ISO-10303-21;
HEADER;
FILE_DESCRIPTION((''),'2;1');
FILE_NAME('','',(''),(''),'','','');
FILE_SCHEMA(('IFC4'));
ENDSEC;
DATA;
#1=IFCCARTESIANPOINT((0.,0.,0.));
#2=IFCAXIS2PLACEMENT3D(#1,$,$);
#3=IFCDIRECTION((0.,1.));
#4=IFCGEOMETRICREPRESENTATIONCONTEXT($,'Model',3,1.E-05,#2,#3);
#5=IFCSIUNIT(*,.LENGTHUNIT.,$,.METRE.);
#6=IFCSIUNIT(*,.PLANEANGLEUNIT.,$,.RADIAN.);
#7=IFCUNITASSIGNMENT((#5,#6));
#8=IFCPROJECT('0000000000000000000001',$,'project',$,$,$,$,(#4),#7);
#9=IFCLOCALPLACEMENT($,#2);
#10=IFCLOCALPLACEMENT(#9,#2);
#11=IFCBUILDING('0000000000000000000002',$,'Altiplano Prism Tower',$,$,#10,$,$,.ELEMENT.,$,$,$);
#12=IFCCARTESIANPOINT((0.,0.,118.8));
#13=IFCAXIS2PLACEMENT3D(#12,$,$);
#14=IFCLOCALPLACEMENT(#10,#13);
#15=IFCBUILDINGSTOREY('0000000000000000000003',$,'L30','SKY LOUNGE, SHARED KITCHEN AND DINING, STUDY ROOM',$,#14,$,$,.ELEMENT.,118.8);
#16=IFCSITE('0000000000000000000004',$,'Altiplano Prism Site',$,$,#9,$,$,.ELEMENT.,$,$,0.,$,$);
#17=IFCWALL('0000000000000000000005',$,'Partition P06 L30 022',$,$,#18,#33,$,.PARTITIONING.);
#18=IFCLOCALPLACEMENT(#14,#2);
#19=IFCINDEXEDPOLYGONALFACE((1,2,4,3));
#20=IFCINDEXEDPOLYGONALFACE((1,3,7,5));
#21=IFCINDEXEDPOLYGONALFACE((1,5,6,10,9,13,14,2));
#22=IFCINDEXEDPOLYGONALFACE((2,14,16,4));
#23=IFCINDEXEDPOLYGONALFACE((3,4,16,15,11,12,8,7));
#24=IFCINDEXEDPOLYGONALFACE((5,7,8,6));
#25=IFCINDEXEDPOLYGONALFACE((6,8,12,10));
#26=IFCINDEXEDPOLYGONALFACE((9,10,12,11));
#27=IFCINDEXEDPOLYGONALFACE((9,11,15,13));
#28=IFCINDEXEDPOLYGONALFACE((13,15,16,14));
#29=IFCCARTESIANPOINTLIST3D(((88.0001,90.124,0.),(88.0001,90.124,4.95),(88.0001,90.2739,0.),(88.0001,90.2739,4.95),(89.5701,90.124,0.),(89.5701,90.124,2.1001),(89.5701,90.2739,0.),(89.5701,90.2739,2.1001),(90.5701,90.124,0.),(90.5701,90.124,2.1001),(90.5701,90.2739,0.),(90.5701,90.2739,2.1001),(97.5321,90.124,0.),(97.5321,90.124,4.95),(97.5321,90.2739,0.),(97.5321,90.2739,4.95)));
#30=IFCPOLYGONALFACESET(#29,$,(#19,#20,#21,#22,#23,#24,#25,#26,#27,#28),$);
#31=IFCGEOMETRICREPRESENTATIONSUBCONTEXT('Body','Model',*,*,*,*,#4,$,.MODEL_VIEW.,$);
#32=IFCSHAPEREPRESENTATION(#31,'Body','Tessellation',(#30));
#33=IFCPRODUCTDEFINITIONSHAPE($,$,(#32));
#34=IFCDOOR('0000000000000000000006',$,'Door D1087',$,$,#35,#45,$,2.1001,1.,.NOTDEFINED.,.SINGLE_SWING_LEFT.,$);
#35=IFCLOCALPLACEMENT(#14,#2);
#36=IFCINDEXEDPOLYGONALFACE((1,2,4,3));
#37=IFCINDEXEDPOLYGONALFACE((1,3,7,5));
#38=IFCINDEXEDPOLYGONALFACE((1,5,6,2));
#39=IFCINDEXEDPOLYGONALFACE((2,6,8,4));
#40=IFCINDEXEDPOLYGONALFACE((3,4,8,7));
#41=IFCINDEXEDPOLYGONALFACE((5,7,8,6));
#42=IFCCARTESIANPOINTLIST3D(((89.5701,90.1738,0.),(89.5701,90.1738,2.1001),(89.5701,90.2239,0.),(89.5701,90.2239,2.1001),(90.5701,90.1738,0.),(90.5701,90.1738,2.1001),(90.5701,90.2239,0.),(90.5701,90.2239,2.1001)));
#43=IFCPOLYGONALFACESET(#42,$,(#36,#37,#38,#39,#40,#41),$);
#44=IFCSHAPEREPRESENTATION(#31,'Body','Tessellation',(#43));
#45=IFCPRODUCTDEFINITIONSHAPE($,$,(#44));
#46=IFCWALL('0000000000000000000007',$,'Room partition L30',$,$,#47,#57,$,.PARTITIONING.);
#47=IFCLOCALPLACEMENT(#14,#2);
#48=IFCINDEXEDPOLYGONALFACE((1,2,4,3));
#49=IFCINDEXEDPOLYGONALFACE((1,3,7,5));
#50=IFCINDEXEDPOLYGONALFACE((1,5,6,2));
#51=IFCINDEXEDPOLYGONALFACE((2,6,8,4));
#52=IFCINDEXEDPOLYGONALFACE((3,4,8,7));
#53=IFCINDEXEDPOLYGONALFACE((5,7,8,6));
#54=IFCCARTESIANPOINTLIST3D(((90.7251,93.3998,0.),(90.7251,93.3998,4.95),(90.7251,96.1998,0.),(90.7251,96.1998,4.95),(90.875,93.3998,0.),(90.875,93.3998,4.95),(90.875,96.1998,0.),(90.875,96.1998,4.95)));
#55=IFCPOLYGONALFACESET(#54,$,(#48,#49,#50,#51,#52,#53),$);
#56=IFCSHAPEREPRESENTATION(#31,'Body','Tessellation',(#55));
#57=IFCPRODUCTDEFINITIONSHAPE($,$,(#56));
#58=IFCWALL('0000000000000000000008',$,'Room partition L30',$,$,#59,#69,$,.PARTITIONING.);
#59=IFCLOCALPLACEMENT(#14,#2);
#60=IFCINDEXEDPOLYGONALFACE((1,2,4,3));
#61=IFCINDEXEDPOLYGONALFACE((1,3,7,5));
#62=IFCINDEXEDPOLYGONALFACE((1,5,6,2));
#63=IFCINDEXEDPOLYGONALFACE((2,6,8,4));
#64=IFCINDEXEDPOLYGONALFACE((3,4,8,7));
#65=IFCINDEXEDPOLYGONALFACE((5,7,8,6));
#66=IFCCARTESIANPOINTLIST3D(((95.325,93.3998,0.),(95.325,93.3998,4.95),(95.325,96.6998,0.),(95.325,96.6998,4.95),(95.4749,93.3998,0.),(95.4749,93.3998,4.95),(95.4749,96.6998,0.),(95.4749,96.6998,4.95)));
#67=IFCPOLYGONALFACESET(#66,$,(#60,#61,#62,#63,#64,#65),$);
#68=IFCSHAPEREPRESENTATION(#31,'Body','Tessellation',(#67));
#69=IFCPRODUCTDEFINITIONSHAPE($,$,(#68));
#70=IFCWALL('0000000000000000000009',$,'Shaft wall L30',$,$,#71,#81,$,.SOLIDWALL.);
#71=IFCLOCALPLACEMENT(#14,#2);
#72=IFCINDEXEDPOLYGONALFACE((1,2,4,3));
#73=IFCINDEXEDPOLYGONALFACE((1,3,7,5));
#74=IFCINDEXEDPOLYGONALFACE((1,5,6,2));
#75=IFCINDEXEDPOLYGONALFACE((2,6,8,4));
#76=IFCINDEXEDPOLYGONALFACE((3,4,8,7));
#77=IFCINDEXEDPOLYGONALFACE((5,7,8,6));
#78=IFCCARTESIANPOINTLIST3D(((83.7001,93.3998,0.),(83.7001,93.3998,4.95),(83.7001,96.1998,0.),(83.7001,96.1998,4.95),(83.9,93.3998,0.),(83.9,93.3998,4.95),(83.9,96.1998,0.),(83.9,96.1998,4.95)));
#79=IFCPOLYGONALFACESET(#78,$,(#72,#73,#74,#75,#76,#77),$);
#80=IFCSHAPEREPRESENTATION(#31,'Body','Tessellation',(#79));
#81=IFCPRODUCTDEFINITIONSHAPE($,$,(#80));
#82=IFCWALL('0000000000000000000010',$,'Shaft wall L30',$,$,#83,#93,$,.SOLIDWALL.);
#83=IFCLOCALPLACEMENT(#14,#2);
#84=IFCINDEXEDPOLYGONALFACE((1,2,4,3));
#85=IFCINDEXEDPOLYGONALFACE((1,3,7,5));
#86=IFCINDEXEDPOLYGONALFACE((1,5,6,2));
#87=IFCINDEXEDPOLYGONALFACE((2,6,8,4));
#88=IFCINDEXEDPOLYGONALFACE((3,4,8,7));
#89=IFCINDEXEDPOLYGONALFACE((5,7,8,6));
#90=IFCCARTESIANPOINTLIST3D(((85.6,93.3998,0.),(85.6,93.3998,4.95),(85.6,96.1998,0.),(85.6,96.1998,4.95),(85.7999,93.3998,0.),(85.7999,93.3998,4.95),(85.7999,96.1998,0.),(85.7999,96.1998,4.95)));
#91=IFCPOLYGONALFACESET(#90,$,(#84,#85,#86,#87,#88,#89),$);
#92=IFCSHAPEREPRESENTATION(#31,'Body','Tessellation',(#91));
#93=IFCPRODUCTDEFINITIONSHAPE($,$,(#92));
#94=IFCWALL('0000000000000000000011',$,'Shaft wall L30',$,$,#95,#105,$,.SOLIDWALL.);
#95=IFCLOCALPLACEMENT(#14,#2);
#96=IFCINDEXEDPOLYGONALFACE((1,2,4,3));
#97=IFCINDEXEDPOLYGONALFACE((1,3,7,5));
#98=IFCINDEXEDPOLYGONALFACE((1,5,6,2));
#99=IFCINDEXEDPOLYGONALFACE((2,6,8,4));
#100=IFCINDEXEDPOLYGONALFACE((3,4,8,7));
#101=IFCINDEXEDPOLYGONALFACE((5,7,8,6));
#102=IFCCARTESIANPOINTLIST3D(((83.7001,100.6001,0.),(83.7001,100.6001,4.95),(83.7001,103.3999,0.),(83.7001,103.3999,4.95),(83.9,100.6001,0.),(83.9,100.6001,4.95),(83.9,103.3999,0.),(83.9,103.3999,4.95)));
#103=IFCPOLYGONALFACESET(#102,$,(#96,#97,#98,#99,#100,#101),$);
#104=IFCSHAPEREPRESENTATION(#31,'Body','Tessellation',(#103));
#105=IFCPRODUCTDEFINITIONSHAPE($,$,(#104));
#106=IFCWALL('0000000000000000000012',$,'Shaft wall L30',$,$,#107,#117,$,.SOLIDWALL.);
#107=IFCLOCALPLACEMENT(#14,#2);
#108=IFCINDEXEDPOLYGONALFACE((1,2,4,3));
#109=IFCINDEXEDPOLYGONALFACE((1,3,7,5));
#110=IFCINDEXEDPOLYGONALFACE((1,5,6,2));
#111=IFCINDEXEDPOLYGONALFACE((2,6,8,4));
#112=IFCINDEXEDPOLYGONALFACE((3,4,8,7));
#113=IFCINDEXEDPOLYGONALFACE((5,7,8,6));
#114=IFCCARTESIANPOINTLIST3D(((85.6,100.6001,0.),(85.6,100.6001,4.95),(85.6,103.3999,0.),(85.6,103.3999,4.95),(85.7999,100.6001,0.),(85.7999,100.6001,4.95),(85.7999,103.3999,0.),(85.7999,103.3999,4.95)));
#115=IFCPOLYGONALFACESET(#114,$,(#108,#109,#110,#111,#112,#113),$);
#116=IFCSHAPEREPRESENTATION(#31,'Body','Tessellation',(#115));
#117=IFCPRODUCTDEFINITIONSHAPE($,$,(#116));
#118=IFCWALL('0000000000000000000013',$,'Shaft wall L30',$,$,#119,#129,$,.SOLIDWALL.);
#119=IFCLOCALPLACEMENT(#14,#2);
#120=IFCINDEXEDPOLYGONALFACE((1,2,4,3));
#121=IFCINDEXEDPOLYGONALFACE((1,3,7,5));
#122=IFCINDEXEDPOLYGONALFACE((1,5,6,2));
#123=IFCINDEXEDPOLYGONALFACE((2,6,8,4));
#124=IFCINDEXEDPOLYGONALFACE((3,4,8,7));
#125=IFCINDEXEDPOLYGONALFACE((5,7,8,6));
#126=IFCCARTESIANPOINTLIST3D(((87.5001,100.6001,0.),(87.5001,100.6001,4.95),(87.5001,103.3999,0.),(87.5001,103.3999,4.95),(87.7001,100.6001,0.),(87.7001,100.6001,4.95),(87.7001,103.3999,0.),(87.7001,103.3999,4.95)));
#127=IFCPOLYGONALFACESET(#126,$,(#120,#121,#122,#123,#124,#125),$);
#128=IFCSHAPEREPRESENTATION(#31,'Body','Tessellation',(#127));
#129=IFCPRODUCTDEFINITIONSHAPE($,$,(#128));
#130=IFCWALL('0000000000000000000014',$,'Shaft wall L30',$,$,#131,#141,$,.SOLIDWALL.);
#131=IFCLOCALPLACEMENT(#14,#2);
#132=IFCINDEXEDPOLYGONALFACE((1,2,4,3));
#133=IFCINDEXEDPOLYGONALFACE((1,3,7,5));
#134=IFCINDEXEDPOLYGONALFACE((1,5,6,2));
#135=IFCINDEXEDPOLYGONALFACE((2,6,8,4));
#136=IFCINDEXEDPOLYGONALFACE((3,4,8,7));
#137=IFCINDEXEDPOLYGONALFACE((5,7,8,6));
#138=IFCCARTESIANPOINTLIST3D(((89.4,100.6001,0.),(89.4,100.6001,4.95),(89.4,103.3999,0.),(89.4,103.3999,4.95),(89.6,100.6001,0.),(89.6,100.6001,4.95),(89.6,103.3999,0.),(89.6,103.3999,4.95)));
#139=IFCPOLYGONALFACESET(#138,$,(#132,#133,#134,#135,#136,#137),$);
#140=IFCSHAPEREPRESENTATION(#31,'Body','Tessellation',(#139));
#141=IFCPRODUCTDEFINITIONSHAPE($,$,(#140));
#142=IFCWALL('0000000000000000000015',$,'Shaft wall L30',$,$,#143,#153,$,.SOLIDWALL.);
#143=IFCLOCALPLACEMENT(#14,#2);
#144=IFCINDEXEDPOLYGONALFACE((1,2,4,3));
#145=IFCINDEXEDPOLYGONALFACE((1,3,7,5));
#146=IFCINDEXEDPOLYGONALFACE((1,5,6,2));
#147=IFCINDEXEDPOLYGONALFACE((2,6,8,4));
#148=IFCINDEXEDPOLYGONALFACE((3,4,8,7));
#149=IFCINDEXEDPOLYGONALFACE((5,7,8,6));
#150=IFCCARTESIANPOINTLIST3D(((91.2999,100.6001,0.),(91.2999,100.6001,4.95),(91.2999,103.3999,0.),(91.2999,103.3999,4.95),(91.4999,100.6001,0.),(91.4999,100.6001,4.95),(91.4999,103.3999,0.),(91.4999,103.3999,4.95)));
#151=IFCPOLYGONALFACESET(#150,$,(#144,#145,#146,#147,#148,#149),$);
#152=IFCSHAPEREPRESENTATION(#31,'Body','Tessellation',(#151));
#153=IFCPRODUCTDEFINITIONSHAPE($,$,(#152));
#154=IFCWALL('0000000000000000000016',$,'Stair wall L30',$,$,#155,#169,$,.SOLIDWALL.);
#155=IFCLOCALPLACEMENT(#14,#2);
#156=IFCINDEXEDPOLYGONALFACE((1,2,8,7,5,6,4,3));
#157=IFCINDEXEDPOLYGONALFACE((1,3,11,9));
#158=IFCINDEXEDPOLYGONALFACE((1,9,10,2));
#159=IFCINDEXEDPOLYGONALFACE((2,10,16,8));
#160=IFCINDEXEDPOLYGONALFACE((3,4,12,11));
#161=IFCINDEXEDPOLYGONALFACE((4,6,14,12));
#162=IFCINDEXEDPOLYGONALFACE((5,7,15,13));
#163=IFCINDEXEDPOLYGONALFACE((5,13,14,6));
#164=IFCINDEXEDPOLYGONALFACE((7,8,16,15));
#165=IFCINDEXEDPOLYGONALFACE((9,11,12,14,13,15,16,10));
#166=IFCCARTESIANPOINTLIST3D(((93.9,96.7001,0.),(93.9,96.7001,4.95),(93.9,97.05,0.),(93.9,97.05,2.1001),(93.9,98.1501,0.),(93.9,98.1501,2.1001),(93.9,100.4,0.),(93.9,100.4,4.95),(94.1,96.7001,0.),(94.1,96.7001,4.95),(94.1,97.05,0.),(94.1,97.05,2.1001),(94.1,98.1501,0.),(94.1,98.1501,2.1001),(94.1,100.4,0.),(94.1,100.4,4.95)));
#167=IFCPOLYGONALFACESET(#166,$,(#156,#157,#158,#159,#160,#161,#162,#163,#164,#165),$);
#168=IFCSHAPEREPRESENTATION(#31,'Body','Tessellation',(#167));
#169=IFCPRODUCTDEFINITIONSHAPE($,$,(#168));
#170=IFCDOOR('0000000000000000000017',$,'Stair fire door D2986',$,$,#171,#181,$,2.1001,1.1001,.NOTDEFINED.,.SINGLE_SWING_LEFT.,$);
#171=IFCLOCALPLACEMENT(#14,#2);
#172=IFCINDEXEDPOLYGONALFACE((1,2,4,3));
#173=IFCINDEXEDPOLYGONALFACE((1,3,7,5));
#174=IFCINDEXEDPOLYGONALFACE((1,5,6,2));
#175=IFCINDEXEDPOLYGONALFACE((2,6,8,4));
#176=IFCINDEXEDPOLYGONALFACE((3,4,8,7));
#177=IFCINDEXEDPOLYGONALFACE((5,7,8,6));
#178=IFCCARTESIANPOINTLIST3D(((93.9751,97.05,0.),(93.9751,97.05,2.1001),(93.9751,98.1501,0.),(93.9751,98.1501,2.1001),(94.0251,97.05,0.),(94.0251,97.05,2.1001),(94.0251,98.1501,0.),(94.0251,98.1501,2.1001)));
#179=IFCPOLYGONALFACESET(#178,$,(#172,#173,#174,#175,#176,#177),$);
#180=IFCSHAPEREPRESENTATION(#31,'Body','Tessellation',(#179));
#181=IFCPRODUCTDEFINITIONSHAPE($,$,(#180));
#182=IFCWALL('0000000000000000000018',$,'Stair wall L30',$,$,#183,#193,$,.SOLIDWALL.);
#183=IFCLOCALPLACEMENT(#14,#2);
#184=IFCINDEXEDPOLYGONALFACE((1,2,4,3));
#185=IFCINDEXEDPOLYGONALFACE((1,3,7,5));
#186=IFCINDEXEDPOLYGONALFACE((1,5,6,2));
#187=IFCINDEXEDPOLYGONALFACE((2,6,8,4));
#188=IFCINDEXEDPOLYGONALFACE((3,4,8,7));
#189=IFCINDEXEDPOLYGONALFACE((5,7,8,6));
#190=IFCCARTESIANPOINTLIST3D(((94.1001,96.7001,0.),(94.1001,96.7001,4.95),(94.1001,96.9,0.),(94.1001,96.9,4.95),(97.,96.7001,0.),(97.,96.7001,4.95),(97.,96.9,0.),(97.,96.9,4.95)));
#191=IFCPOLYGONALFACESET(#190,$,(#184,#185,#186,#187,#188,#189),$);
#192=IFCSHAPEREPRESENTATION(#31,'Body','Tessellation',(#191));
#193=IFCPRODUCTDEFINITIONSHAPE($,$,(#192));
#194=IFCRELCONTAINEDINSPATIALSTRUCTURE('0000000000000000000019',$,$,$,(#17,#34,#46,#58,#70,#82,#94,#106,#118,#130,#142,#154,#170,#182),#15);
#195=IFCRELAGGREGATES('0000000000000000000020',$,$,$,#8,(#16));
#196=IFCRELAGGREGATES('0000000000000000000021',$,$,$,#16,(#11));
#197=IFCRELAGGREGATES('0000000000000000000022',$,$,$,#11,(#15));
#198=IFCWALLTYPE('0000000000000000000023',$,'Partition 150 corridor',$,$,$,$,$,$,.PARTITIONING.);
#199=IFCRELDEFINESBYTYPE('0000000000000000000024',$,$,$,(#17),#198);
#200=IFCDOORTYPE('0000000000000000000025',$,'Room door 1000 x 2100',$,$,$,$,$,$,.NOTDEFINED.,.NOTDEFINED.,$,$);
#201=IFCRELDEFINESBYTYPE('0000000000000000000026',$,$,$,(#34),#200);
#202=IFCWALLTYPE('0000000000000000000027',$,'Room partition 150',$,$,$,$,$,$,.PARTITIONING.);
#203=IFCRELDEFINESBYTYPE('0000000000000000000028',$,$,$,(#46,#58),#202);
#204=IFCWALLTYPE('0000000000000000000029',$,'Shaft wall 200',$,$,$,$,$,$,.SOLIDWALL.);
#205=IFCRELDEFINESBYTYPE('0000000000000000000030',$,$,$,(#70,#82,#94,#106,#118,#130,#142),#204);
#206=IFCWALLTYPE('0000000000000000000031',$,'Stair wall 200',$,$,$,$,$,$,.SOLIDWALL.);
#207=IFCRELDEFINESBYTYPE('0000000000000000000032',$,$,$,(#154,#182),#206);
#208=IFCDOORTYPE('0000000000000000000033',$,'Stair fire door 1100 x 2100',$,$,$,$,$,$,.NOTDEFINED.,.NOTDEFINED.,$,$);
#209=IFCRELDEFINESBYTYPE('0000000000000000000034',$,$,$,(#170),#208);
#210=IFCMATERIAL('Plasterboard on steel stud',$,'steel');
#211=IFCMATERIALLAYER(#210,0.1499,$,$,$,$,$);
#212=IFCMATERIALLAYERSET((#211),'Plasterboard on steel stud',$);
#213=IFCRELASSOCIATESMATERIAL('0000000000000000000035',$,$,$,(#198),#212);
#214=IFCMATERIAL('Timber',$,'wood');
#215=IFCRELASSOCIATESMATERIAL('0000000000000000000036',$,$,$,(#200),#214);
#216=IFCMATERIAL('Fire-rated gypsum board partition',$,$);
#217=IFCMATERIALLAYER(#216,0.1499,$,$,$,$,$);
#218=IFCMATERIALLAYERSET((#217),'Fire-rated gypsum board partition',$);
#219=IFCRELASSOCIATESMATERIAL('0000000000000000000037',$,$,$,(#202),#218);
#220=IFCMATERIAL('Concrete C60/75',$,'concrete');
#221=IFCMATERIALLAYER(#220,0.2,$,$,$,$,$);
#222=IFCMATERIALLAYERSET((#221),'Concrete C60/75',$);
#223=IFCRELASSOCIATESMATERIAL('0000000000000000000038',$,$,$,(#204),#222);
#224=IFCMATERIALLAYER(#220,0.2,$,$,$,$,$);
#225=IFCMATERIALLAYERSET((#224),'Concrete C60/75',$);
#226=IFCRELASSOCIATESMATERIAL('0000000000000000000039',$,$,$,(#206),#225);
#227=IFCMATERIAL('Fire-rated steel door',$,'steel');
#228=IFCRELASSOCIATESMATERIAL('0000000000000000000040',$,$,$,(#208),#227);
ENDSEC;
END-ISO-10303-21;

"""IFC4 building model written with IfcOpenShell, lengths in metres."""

from ifc_helpers import new_model, si_unit, direction, frame, frame_2d, origin, place, context, subcontext, project, spatial, rectangle, extrude, material, layer, layer_set, type_object, element, fill, save


model = new_model("IFC4")

# Units and contexts
model_context = context("Model", 3, precision=1e-05, world=origin(), true_north=direction((0.0, 1.0)))
body_context = subcontext(model_context, "Body", "Model", "MODEL_VIEW")
ifc_project = project(units=[si_unit("LENGTHUNIT", "METRE"), si_unit("PLANEANGLEUNIT", "RADIAN")], contexts=[model_context])

# Site, building, storey
site_placement = place(None, origin())
site = spatial("IfcSite", under=ifc_project, at=site_placement, Name="Altiplano Prism Site", CompositionType="ELEMENT", RefElevation=0.0)
building_placement = place(site_placement, origin())
building = spatial("IfcBuilding", under=site, at=building_placement, Name="Altiplano Prism Tower", CompositionType="ELEMENT")
storey_placement = place(building_placement, frame((0.0, 0.0, 118.8)))
storey = spatial("IfcBuildingStorey", under=building, at=storey_placement, Name="L30", Description="SKY LOUNGE, SHARED KITCHEN AND DINING, STUDY ROOM", CompositionType="ELEMENT", Elevation=118.8)

# Wall, opening, door
ifc_material_1 = material(Name="Plasterboard on steel stud", Category="steel")
ifc_layer_1 = layer(ifc_material_1, 0.1499)
ifc_layer_set_1 = layer_set([ifc_layer_1], Name="Plasterboard on steel stud")
wall_type_1 = type_object("IfcWallType", Name="Partition 150 corridor", PredefinedType="PARTITIONING", material=ifc_layer_set_1)
wall_1_placement = place(storey_placement, frame((88.0, 90.199, 0.0), z_axis=(0.0, 0.0, 1.0), x_axis=(1.0, 0.0, 0.0)))
wall_1 = element("IfcWall", 1, at=wall_1_placement, inside=storey, type_object=wall_type_1, Name="Partition P06 L30 022", PredefinedType="PARTITIONING", context=body_context, shape_type="SweptSolid", body=[
    extrude(rectangle(XDim=9.532, YDim=0.1499, at=frame_2d((4.7661, 0.0))), origin(), (0.0, 0.0, 1.0), 4.95),
])
opening_1_placement = place(wall_1_placement, frame((1.5701, 0.0, 0.0)))
opening_1 = element("IfcOpeningElement", 2, at=opening_1_placement, cuts=wall_1, PredefinedType="OPENING", context=body_context, shape_type="SweptSolid", body=[
    extrude(rectangle(XDim=1.0, YDim=2.1001, at=frame_2d((0.5, 1.05))), frame((0.0, 0.0854, 0.0), z_axis=(0.0, -1.0, 0.0), x_axis=(1.0, 0.0, 0.0)), (0.0, 0.0, 1.0), 0.1709),
])
ifc_material_2 = material(Name="Timber", Category="wood")
door_type_1 = type_object("IfcDoorType", Name="Room door 1000 x 2100", OperationType="NOTDEFINED", PredefinedType="NOTDEFINED", material=ifc_material_2)
door_1_placement = place(opening_1_placement, origin())
door_1 = element("IfcDoor", 3, at=door_1_placement, inside=storey, type_object=door_type_1, Name="Door D1087", OperationType="SINGLE_SWING_LEFT", OverallHeight=2.1001, OverallWidth=1.0, PredefinedType="NOTDEFINED", context=body_context, shape_type="SweptSolid", body=[
    extrude(rectangle(XDim=1.0, YDim=2.1001, at=frame_2d((0.5, 1.05))), frame((0.0, 0.0249, 0.0), z_axis=(0.0, -1.0, 0.0), x_axis=(1.0, 0.0, 0.0)), (0.0, 0.0, 1.0), 0.05),
])
fill(opening_1, door_1)

# Walls
ifc_material_3 = material(Name="Fire-rated gypsum board partition")
ifc_layer_2 = layer(ifc_material_3, 0.1499)
ifc_layer_set_2 = layer_set([ifc_layer_2], Name="Fire-rated gypsum board partition")
wall_type_2 = type_object("IfcWallType", Name="Room partition 150", PredefinedType="PARTITIONING", material=ifc_layer_set_2)
wall_2_placement = place(storey_placement, frame((90.8, 93.3999, 0.0), z_axis=(0.0, 0.0, 1.0), x_axis=(0.0, 1.0, 0.0)))
element("IfcWall", 4, at=wall_2_placement, inside=storey, type_object=wall_type_2, Name="Room partition L30", PredefinedType="PARTITIONING", context=body_context, shape_type="SweptSolid", body=[
    extrude(rectangle(XDim=2.8, YDim=0.1499, at=frame_2d((1.3999, 0.0))), origin(), (0.0, 0.0, 1.0), 4.95),
])
wall_3_placement = place(storey_placement, frame((95.3999, 93.3999, 0.0), z_axis=(0.0, 0.0, 1.0), x_axis=(0.0, 1.0, 0.0)))
element("IfcWall", 5, at=wall_3_placement, inside=storey, type_object=wall_type_2, Name="Room partition L30", PredefinedType="PARTITIONING", context=body_context, shape_type="SweptSolid", body=[
    extrude(rectangle(XDim=3.3, YDim=0.1499, at=frame_2d((1.6499, 0.0))), origin(), (0.0, 0.0, 1.0), 4.95),
])
ifc_material_4 = material(Name="Concrete C60/75", Category="concrete")
ifc_layer_3 = layer(ifc_material_4, 0.2)
ifc_layer_set_3 = layer_set([ifc_layer_3], Name="Concrete C60/75")
wall_type_3 = type_object("IfcWallType", Name="Shaft wall 200", PredefinedType="SOLIDWALL", material=ifc_layer_set_3)
for number, where, z_axis, x_axis, name in (
    (6, (83.8, 93.3999, 0.0), (0.0, 0.0, 1.0), (0.0, 1.0, 0.0), "Shaft wall L30"),
    (7, (85.7, 93.3999, 0.0), (0.0, 0.0, 1.0), (0.0, 1.0, 0.0), "Shaft wall L30"),
):
    element("IfcWall", number, at=place(storey_placement, frame(where, z_axis=z_axis, x_axis=x_axis)), inside=storey, type_object=wall_type_3, Name=name, PredefinedType="SOLIDWALL", context=body_context, shape_type="SweptSolid", body=[
        extrude(rectangle(XDim=2.8, YDim=0.2, at=frame_2d((1.3999, 0.0))), origin(), (0.0, 0.0, 1.0), 4.95),
    ])
for number, where, z_axis, x_axis, name in (
    (8, (83.8, 100.6001, 0.0), (0.0, 0.0, 1.0), (0.0, 1.0, 0.0), "Shaft wall L30"),
    (9, (85.7, 100.6001, 0.0), (0.0, 0.0, 1.0), (0.0, 1.0, 0.0), "Shaft wall L30"),
    (10, (87.6001, 100.6001, 0.0), (0.0, 0.0, 1.0), (0.0, 1.0, 0.0), "Shaft wall L30"),
    (11, (89.5, 100.6001, 0.0), (0.0, 0.0, 1.0), (0.0, 1.0, 0.0), "Shaft wall L30"),
    (12, (91.3999, 100.6001, 0.0), (0.0, 0.0, 1.0), (0.0, 1.0, 0.0), "Shaft wall L30"),
):
    element("IfcWall", number, at=place(storey_placement, frame(where, z_axis=z_axis, x_axis=x_axis)), inside=storey, type_object=wall_type_3, Name=name, PredefinedType="SOLIDWALL", context=body_context, shape_type="SweptSolid", body=[
        extrude(rectangle(XDim=2.7998, YDim=0.2, at=frame_2d((1.3999, 0.0))), origin(), (0.0, 0.0, 1.0), 4.95),
    ])

# Wall, opening, door
ifc_layer_4 = layer(ifc_material_4, 0.2)
ifc_layer_set_4 = layer_set([ifc_layer_4], Name="Concrete C60/75")
wall_type_4 = type_object("IfcWallType", Name="Stair wall 200", PredefinedType="SOLIDWALL", material=ifc_layer_set_4)
wall_4_placement = place(storey_placement, frame((94.0, 96.7, 0.0), z_axis=(0.0, 0.0, 1.0), x_axis=(0.0, 1.0, 0.0)))
wall_4 = element("IfcWall", 13, at=wall_4_placement, inside=storey, type_object=wall_type_4, Name="Stair wall L30", PredefinedType="SOLIDWALL", context=body_context, shape_type="SweptSolid", body=[
    extrude(rectangle(XDim=3.7, YDim=0.2, at=frame_2d((1.8501, 0.0))), origin(), (0.0, 0.0, 1.0), 4.95),
])
opening_2_placement = place(wall_4_placement, frame((0.3501, 0.0, 0.0)))
opening_2 = element("IfcOpeningElement", 14, at=opening_2_placement, cuts=wall_4, PredefinedType="OPENING", context=body_context, shape_type="SweptSolid", body=[
    extrude(rectangle(XDim=1.1001, YDim=2.1001, at=frame_2d((0.55, 1.05))), frame((0.0, 0.1104, 0.0), z_axis=(0.0, -1.0, 0.0), x_axis=(1.0, 0.0, 0.0)), (0.0, 0.0, 1.0), 0.2209),
])
ifc_material_5 = material(Name="Fire-rated steel door", Category="steel")
door_type_2 = type_object("IfcDoorType", Name="Stair fire door 1100 x 2100", OperationType="NOTDEFINED", PredefinedType="NOTDEFINED", material=ifc_material_5)
door_2_placement = place(opening_2_placement, origin())
door_2 = element("IfcDoor", 15, at=door_2_placement, inside=storey, type_object=door_type_2, Name="Stair fire door D2986", OperationType="SINGLE_SWING_LEFT", OverallHeight=2.1001, OverallWidth=1.1001, PredefinedType="NOTDEFINED", context=body_context, shape_type="SweptSolid", body=[
    extrude(rectangle(XDim=1.1001, YDim=2.1001, at=frame_2d((0.55, 1.05))), frame((0.0, 0.0249, 0.0), z_axis=(0.0, -1.0, 0.0), x_axis=(1.0, 0.0, 0.0)), (0.0, 0.0, 1.0), 0.05),
])
fill(opening_2, door_2)

# Wall
wall_5_placement = place(storey_placement, frame((94.1001, 96.8, 0.0), z_axis=(0.0, 0.0, 1.0), x_axis=(1.0, 0.0, 0.0)))
element("IfcWall", 16, at=wall_5_placement, inside=storey, type_object=wall_type_4, Name="Stair wall L30", PredefinedType="SOLIDWALL", context=body_context, shape_type="SweptSolid", body=[
    extrude(rectangle(XDim=2.8999, YDim=0.2, at=frame_2d((1.45, 0.0))), origin(), (0.0, 0.0, 1.0), 4.95),
])

save(model, "model.ifc")
